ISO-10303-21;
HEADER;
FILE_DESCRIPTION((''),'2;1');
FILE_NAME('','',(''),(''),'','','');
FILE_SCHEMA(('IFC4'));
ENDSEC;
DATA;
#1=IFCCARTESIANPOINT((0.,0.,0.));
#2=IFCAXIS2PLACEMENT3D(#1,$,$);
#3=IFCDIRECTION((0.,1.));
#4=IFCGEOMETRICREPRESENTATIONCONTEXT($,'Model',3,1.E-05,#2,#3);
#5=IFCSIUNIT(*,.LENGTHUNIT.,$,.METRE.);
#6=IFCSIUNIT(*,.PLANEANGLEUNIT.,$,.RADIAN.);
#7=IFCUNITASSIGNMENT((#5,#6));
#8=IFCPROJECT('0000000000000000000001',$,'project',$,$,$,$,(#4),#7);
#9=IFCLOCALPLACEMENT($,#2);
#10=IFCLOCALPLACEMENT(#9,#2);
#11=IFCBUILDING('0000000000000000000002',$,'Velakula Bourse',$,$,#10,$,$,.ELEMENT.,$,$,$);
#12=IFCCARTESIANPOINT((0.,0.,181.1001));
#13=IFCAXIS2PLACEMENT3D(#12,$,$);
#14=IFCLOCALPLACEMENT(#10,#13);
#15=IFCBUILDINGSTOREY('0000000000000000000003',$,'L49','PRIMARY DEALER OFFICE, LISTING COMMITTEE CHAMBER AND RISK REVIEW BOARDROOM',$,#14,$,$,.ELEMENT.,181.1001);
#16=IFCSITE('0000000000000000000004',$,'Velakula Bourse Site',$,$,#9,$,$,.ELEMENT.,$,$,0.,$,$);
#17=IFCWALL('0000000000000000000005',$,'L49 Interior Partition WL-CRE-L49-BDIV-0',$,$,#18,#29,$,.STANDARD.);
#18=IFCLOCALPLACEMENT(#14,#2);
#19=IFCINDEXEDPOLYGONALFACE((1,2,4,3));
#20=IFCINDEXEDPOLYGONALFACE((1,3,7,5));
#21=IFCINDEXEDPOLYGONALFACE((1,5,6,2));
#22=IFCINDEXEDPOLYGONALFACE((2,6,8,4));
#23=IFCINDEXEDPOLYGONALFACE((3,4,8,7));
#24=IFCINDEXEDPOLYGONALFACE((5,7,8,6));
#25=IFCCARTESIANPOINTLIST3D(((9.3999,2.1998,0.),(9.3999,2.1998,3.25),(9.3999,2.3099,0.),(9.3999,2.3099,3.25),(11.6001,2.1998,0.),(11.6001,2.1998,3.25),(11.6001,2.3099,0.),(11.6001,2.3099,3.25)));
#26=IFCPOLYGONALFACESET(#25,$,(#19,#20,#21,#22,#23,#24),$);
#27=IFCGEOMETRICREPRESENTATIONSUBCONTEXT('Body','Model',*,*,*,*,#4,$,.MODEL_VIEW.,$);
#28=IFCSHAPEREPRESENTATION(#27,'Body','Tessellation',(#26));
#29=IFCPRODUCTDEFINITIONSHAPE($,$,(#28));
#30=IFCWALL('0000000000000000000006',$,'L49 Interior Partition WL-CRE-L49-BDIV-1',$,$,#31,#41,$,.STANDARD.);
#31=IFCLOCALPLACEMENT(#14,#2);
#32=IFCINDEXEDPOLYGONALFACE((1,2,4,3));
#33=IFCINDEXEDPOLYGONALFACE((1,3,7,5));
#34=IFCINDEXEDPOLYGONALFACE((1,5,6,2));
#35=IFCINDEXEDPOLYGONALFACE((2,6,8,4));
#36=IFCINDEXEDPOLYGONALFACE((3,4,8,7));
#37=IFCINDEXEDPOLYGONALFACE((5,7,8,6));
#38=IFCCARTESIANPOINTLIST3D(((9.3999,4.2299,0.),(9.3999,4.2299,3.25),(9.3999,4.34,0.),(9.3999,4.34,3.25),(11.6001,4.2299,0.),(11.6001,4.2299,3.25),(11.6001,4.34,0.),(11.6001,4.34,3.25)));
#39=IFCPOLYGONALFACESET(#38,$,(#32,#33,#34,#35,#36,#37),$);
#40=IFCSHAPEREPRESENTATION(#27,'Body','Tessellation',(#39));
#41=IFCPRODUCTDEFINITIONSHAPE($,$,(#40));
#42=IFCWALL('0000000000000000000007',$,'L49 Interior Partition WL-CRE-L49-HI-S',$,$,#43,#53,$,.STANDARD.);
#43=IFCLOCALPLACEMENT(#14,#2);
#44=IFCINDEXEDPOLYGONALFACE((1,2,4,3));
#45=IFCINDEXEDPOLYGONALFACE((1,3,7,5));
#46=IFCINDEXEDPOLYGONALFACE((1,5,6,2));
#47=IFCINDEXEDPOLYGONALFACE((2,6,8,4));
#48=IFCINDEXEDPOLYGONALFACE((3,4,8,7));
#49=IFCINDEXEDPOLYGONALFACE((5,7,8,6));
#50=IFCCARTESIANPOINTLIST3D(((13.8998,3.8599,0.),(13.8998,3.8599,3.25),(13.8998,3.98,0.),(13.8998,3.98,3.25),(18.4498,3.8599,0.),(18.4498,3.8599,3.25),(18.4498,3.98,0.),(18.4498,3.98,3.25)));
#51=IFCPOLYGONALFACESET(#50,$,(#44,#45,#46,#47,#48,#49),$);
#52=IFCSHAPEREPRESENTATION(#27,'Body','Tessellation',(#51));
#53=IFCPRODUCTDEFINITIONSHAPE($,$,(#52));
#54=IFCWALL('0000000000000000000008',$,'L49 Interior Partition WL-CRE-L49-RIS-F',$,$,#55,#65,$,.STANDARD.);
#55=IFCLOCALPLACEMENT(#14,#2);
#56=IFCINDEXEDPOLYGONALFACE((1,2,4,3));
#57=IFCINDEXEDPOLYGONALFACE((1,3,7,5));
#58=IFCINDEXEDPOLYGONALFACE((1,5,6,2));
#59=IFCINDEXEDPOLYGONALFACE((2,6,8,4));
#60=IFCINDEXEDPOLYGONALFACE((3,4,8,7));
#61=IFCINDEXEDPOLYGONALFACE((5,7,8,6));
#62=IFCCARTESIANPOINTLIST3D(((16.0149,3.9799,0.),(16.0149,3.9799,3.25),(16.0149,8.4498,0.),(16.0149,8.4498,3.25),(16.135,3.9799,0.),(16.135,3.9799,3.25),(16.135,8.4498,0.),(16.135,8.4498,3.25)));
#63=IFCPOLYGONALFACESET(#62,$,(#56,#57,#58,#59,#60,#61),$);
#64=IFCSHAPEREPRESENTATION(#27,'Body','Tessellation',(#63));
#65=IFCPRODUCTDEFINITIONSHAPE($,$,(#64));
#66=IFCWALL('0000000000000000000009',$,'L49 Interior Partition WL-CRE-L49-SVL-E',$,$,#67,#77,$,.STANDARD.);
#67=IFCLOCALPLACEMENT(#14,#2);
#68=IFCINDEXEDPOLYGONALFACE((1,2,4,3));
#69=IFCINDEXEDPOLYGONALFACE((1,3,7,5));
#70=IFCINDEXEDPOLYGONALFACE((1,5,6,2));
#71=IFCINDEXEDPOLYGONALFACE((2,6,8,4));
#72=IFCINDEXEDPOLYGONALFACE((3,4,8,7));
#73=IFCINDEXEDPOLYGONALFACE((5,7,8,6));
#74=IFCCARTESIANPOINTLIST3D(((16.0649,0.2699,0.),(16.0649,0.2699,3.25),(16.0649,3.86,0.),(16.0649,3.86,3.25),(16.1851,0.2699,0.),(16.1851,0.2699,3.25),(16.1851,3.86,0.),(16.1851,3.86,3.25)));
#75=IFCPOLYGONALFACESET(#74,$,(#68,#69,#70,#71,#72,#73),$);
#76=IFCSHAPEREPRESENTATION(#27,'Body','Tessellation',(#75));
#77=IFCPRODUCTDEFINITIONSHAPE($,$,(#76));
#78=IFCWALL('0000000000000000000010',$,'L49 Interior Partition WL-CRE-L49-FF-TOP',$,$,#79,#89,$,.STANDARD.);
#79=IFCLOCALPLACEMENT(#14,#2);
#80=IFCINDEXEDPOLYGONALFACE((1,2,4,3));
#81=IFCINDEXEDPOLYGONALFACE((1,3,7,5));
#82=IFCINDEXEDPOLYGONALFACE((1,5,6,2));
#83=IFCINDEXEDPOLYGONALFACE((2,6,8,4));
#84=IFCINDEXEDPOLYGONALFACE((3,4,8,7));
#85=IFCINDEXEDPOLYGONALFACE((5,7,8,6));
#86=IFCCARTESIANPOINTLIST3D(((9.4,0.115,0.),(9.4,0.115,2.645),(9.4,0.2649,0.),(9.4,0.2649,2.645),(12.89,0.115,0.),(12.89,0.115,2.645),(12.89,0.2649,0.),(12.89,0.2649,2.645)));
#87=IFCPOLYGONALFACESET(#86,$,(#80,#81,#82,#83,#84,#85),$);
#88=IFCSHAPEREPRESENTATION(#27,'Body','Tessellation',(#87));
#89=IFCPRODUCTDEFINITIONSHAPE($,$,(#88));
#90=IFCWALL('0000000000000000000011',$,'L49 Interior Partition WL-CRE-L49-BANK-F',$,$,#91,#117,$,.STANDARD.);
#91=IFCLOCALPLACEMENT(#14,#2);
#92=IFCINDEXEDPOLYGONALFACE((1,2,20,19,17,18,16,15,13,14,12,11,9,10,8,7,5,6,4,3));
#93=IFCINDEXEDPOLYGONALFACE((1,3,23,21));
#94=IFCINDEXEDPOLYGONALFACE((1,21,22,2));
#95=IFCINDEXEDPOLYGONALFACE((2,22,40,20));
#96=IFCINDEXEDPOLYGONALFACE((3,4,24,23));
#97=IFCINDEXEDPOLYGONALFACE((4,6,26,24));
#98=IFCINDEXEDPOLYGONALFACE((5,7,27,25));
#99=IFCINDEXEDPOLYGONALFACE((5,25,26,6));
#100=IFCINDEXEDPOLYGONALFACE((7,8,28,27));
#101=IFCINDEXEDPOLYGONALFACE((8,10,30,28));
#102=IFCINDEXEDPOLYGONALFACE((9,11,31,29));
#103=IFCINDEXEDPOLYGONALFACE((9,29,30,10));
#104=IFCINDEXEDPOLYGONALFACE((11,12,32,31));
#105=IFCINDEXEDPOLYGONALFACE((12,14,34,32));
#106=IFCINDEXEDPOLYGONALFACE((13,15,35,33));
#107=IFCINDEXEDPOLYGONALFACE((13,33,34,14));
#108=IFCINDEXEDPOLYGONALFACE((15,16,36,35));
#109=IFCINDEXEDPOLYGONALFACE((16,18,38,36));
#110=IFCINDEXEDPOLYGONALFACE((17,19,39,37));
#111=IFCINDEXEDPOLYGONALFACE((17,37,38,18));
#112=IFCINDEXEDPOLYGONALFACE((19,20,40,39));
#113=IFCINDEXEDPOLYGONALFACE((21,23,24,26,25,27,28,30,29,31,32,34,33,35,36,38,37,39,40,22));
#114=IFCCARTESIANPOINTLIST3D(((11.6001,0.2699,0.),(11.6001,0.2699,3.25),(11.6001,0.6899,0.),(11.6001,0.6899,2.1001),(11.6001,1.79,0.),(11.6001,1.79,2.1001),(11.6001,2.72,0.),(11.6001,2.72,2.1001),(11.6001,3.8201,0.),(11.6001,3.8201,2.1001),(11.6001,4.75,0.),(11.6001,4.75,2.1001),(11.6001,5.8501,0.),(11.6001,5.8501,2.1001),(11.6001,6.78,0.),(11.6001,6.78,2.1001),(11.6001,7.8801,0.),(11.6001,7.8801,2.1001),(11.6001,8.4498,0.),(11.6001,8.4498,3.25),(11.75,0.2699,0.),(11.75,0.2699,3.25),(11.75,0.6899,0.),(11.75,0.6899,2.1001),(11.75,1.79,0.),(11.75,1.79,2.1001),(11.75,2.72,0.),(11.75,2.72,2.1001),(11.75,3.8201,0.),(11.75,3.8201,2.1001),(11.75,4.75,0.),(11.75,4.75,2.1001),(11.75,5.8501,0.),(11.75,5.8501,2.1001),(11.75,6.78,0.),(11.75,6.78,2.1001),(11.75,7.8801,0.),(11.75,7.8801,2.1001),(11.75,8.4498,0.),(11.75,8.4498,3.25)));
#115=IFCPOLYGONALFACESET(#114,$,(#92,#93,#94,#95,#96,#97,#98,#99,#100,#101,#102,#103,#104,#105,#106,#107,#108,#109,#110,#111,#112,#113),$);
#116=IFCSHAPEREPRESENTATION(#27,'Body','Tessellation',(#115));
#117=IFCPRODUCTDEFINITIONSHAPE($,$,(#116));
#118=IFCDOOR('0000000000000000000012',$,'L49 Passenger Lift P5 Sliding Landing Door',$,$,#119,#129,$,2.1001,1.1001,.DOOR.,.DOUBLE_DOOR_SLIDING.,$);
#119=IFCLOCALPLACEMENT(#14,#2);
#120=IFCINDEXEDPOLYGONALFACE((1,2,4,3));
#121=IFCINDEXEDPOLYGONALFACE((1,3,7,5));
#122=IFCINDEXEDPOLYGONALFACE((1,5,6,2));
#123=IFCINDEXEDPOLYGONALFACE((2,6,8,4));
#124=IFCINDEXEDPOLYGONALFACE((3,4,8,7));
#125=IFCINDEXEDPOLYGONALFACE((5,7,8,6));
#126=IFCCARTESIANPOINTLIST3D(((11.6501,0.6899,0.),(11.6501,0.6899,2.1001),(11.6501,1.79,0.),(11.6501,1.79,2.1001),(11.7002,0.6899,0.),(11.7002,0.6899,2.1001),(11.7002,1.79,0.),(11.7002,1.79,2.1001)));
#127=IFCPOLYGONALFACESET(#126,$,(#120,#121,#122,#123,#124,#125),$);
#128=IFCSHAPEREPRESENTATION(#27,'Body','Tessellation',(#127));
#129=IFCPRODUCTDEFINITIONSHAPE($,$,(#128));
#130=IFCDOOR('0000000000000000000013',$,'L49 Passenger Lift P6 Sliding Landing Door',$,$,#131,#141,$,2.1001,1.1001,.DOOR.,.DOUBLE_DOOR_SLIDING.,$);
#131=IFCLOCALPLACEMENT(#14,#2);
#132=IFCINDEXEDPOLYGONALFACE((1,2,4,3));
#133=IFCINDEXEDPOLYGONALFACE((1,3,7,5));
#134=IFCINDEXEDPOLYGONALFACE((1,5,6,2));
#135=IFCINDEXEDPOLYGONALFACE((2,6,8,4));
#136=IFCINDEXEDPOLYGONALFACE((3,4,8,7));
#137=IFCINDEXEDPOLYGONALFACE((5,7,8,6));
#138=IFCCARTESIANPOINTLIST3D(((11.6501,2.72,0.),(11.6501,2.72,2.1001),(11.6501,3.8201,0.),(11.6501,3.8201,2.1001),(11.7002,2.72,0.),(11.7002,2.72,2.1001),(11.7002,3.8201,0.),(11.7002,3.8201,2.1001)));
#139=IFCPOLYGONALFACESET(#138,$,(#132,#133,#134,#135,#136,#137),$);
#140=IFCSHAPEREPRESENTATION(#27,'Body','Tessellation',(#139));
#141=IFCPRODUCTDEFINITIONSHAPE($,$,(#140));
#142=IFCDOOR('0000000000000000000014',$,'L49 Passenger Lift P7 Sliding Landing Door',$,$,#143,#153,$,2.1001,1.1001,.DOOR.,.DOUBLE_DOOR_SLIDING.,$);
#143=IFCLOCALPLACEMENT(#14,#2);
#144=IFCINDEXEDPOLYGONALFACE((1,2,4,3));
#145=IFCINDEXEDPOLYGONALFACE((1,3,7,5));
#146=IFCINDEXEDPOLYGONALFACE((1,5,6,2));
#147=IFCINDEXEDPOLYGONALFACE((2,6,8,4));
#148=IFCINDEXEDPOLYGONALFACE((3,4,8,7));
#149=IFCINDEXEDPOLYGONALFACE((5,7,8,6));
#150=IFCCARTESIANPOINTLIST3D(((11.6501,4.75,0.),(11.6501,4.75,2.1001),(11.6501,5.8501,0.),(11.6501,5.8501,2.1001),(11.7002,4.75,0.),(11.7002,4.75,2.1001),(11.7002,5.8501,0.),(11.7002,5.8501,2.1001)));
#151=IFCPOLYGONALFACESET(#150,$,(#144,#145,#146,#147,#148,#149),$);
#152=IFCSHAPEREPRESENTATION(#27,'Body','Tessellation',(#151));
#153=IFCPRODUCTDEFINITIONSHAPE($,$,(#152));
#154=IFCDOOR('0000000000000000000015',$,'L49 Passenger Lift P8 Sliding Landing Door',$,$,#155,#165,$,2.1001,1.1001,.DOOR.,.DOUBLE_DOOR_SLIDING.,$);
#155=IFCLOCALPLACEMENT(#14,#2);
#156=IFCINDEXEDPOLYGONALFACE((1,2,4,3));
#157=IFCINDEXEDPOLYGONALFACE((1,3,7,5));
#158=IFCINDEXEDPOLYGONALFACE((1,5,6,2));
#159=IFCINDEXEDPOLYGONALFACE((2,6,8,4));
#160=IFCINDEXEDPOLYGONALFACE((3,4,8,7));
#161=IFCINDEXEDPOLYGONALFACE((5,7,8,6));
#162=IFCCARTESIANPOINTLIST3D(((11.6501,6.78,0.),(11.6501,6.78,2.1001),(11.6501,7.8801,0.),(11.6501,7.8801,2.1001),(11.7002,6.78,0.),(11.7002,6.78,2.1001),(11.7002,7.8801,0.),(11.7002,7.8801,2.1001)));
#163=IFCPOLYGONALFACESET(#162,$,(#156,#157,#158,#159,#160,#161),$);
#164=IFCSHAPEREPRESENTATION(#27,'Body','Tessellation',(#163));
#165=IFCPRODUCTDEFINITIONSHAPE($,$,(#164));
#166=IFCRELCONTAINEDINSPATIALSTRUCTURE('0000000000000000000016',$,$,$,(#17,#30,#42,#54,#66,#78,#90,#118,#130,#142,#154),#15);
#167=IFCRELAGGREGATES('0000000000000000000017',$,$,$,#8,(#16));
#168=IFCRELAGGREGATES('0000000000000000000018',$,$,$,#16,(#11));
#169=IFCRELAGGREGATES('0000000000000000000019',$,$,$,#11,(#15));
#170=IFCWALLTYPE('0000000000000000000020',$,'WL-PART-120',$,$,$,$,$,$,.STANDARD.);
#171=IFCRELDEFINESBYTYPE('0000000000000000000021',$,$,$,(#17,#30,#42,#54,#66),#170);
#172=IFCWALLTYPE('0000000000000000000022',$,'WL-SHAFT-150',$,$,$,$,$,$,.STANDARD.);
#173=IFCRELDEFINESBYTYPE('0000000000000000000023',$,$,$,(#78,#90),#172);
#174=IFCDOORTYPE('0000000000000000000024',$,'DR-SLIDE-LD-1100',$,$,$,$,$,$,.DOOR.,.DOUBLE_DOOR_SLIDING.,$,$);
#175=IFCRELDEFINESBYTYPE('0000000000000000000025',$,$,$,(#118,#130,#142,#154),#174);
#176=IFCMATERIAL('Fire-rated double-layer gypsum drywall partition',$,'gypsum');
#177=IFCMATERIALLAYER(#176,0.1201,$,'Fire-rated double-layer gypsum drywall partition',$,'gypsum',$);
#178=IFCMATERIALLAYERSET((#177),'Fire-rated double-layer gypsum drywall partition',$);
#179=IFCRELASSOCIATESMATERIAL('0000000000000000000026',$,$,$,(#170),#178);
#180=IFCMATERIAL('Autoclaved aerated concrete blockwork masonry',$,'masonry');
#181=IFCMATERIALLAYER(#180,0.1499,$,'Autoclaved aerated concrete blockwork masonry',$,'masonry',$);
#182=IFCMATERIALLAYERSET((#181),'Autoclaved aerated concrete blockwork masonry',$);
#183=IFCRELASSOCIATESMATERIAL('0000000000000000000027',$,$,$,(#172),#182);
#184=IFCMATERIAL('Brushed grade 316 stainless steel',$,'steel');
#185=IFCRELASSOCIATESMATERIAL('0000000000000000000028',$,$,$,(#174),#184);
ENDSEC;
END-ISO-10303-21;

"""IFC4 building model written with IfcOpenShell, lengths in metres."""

from ifc_helpers import new_model, si_unit, direction, frame, frame_2d, origin, place, context, subcontext, project, spatial, rectangle, extrude, material, layer, layer_set, type_object, element, fill, save


model = new_model("IFC4")

# Units and contexts
model_context = context("Model", 3, precision=1e-05, world=origin(), true_north=direction((0.0, 1.0)))
body_context = subcontext(model_context, "Body", "Model", "MODEL_VIEW")
ifc_project = project(units=[si_unit("LENGTHUNIT", "METRE"), si_unit("PLANEANGLEUNIT", "RADIAN")], contexts=[model_context])

# Site, building, storey
site_placement = place(None, origin())
site = spatial("IfcSite", under=ifc_project, at=site_placement, Name="Velakula Bourse Site", CompositionType="ELEMENT", RefElevation=0.0)
building_placement = place(site_placement, origin())
building = spatial("IfcBuilding", under=site, at=building_placement, Name="Velakula Bourse", CompositionType="ELEMENT")
storey_placement = place(building_placement, frame((0.0, 0.0, 181.1001)))
storey = spatial("IfcBuildingStorey", under=building, at=storey_placement, Name="L49", Description="PRIMARY DEALER OFFICE, LISTING COMMITTEE CHAMBER AND RISK REVIEW BOARDROOM", CompositionType="ELEMENT", Elevation=181.1001)

# Shared definitions
ifc_material_1 = material(Name="Fire-rated double-layer gypsum drywall partition", Category="gypsum")
ifc_layer_1 = layer(ifc_material_1, 0.1201, Name="Fire-rated double-layer gypsum drywall partition", Category="gypsum")
ifc_layer_set_1 = layer_set([ifc_layer_1], Name="Fire-rated double-layer gypsum drywall partition")
wall_type_1 = type_object("IfcWallType", Name="WL-PART-120", PredefinedType="STANDARD", material=ifc_layer_set_1)

# Walls
for number, where, z_axis, x_axis, name in (
    (1, (9.3999, 2.2549, 0.0), (0.0, 0.0, 1.0), (1.0, 0.0, 0.0), "L49 Interior Partition WL-CRE-L49-BDIV-0"),
    (2, (9.3999, 4.2849, 0.0), (0.0, 0.0, 1.0), (1.0, 0.0, 0.0), "L49 Interior Partition WL-CRE-L49-BDIV-1"),
):
    element("IfcWall", number, at=place(storey_placement, frame(where, z_axis=z_axis, x_axis=x_axis)), inside=storey, type_object=wall_type_1, Name=name, PredefinedType="STANDARD", context=body_context, shape_type="SweptSolid", body=[
        extrude(rectangle(XDim=2.2002, YDim=0.1101, at=frame_2d((1.1001, 0.0))), origin(), (0.0, 0.0, 1.0), 3.25),
    ])
wall_1_placement = place(storey_placement, frame((13.8999, 3.9199, 0.0), z_axis=(0.0, 0.0, 1.0), x_axis=(1.0, 0.0, 0.0)))
element("IfcWall", 3, at=wall_1_placement, inside=storey, type_object=wall_type_1, Name="L49 Interior Partition WL-CRE-L49-HI-S", PredefinedType="STANDARD", context=body_context, shape_type="SweptSolid", body=[
    extrude(rectangle(XDim=4.55, YDim=0.1201, at=frame_2d((2.2749, 0.0))), origin(), (0.0, 0.0, 1.0), 3.25),
])
wall_2_placement = place(storey_placement, frame((16.075, 3.98, 0.0), z_axis=(0.0, 0.0, 1.0), x_axis=(0.0, 1.0, 0.0)))
element("IfcWall", 4, at=wall_2_placement, inside=storey, type_object=wall_type_1, Name="L49 Interior Partition WL-CRE-L49-RIS-F", PredefinedType="STANDARD", context=body_context, shape_type="SweptSolid", body=[
    extrude(rectangle(XDim=4.47, YDim=0.1201, at=frame_2d((2.2349, 0.0))), origin(), (0.0, 0.0, 1.0), 3.25),
])
wall_3_placement = place(storey_placement, frame((16.125, 0.27, 0.0), z_axis=(0.0, 0.0, 1.0), x_axis=(0.0, 1.0, 0.0)))
element("IfcWall", 5, at=wall_3_placement, inside=storey, type_object=wall_type_1, Name="L49 Interior Partition WL-CRE-L49-SVL-E", PredefinedType="STANDARD", context=body_context, shape_type="SweptSolid", body=[
    extrude(rectangle(XDim=3.5901, YDim=0.1201, at=frame_2d((1.7949, 0.0))), origin(), (0.0, 0.0, 1.0), 3.25),
])
ifc_material_2 = material(Name="Autoclaved aerated concrete blockwork masonry", Category="masonry")
ifc_layer_2 = layer(ifc_material_2, 0.1499, Name="Autoclaved aerated concrete blockwork masonry", Category="masonry")
ifc_layer_set_2 = layer_set([ifc_layer_2], Name="Autoclaved aerated concrete blockwork masonry")
wall_type_2 = type_object("IfcWallType", Name="WL-SHAFT-150", PredefinedType="STANDARD", material=ifc_layer_set_2)
wall_4_placement = place(storey_placement, frame((9.3999, 0.1899, 0.0), z_axis=(0.0, 0.0, 1.0), x_axis=(1.0, 0.0, 0.0)))
element("IfcWall", 6, at=wall_4_placement, inside=storey, type_object=wall_type_2, Name="L49 Interior Partition WL-CRE-L49-FF-TOP", PredefinedType="STANDARD", context=body_context, shape_type="SweptSolid", body=[
    extrude(rectangle(XDim=3.49, YDim=0.1499, at=frame_2d((1.7451, 0.0))), origin(), (0.0, 0.0, 1.0), 2.645),
])

# Wall, openings, doors
wall_5_placement = place(storey_placement, frame((11.675, 0.27, 0.0), z_axis=(0.0, 0.0, 1.0), x_axis=(0.0, 1.0, 0.0)))
wall_5 = element("IfcWall", 7, at=wall_5_placement, inside=storey, type_object=wall_type_2, Name="L49 Interior Partition WL-CRE-L49-BANK-F", PredefinedType="STANDARD", context=body_context, shape_type="SweptSolid", body=[
    extrude(rectangle(XDim=8.1799, YDim=0.1499, at=frame_2d((4.0898, 0.0))), origin(), (0.0, 0.0, 1.0), 3.25),
])
opening_1_placement = place(wall_5_placement, frame((0.4199, 0.0, 0.0)))
opening_1 = element("IfcOpeningElement", 8, at=opening_1_placement, cuts=wall_5, PredefinedType="OPENING", context=body_context, shape_type="SweptSolid", body=[
    extrude(rectangle(XDim=1.1001, YDim=2.1001, at=frame_2d((0.55, 1.05))), frame((0.0, 0.085, 0.0), z_axis=(0.0, -1.0, 0.0), x_axis=(1.0, 0.0, 0.0)), (0.0, 0.0, 1.0), 0.1699),
])
opening_2_placement = place(wall_5_placement, frame((2.45, 0.0, 0.0)))
opening_2 = element("IfcOpeningElement", 9, at=opening_2_placement, cuts=wall_5, PredefinedType="OPENING", context=body_context, shape_type="SweptSolid", body=[
    extrude(rectangle(XDim=1.1001, YDim=2.1001, at=frame_2d((0.55, 1.05))), frame((0.0, 0.085, 0.0), z_axis=(0.0, -1.0, 0.0), x_axis=(1.0, 0.0, 0.0)), (0.0, 0.0, 1.0), 0.1699),
])
opening_3_placement = place(wall_5_placement, frame((4.48, 0.0, 0.0)))
opening_3 = element("IfcOpeningElement", 10, at=opening_3_placement, cuts=wall_5, PredefinedType="OPENING", context=body_context, shape_type="SweptSolid", body=[
    extrude(rectangle(XDim=1.1001, YDim=2.1001, at=frame_2d((0.55, 1.05))), frame((0.0, 0.085, 0.0), z_axis=(0.0, -1.0, 0.0), x_axis=(1.0, 0.0, 0.0)), (0.0, 0.0, 1.0), 0.1699),
])
opening_4_placement = place(wall_5_placement, frame((6.51, 0.0, 0.0)))
opening_4 = element("IfcOpeningElement", 11, at=opening_4_placement, cuts=wall_5, PredefinedType="OPENING", context=body_context, shape_type="SweptSolid", body=[
    extrude(rectangle(XDim=1.1001, YDim=2.1001, at=frame_2d((0.55, 1.05))), frame((0.0, 0.085, 0.0), z_axis=(0.0, -1.0, 0.0), x_axis=(1.0, 0.0, 0.0)), (0.0, 0.0, 1.0), 0.1699),
])
ifc_material_3 = material(Name="Brushed grade 316 stainless steel", Category="steel")
door_type_1 = type_object("IfcDoorType", Name="DR-SLIDE-LD-1100", OperationType="DOUBLE_DOOR_SLIDING", PredefinedType="DOOR", material=ifc_material_3)
door_1_placement = place(opening_1_placement, origin())
door_1 = element("IfcDoor", 12, at=door_1_placement, inside=storey, type_object=door_type_1, Name="L49 Passenger Lift P5 Sliding Landing Door", OperationType="DOUBLE_DOOR_SLIDING", OverallHeight=2.1001, OverallWidth=1.1001, PredefinedType="DOOR", context=body_context, shape_type="SweptSolid", body=[
    extrude(rectangle(XDim=1.1001, YDim=2.1001, at=frame_2d((0.55, 1.05))), frame((0.0, 0.0249, 0.0), z_axis=(0.0, -1.0, 0.0), x_axis=(1.0, 0.0, 0.0)), (0.0, 0.0, 1.0), 0.05),
])
fill(opening_1, door_1)
door_2_placement = place(opening_2_placement, origin())
door_2 = element("IfcDoor", 13, at=door_2_placement, inside=storey, type_object=door_type_1, Name="L49 Passenger Lift P6 Sliding Landing Door", OperationType="DOUBLE_DOOR_SLIDING", OverallHeight=2.1001, OverallWidth=1.1001, PredefinedType="DOOR", context=body_context, shape_type="SweptSolid", body=[
    extrude(rectangle(XDim=1.1001, YDim=2.1001, at=frame_2d((0.55, 1.05))), frame((0.0, 0.0249, 0.0), z_axis=(0.0, -1.0, 0.0), x_axis=(1.0, 0.0, 0.0)), (0.0, 0.0, 1.0), 0.05),
])
fill(opening_2, door_2)
door_3_placement = place(opening_3_placement, origin())
door_3 = element("IfcDoor", 14, at=door_3_placement, inside=storey, type_object=door_type_1, Name="L49 Passenger Lift P7 Sliding Landing Door", OperationType="DOUBLE_DOOR_SLIDING", OverallHeight=2.1001, OverallWidth=1.1001, PredefinedType="DOOR", context=body_context, shape_type="SweptSolid", body=[
    extrude(rectangle(XDim=1.1001, YDim=2.1001, at=frame_2d((0.55, 1.05))), frame((0.0, 0.0249, 0.0), z_axis=(0.0, -1.0, 0.0), x_axis=(1.0, 0.0, 0.0)), (0.0, 0.0, 1.0), 0.05),
])
fill(opening_3, door_3)
door_4_placement = place(opening_4_placement, origin())
door_4 = element("IfcDoor", 15, at=door_4_placement, inside=storey, type_object=door_type_1, Name="L49 Passenger Lift P8 Sliding Landing Door", OperationType="DOUBLE_DOOR_SLIDING", OverallHeight=2.1001, OverallWidth=1.1001, PredefinedType="DOOR", context=body_context, shape_type="SweptSolid", body=[
    extrude(rectangle(XDim=1.1001, YDim=2.1001, at=frame_2d((0.55, 1.05))), frame((0.0, 0.0249, 0.0), z_axis=(0.0, -1.0, 0.0), x_axis=(1.0, 0.0, 0.0)), (0.0, 0.0, 1.0), 0.05),
])
fill(opening_4, door_4)

save(model, "model.ifc")
